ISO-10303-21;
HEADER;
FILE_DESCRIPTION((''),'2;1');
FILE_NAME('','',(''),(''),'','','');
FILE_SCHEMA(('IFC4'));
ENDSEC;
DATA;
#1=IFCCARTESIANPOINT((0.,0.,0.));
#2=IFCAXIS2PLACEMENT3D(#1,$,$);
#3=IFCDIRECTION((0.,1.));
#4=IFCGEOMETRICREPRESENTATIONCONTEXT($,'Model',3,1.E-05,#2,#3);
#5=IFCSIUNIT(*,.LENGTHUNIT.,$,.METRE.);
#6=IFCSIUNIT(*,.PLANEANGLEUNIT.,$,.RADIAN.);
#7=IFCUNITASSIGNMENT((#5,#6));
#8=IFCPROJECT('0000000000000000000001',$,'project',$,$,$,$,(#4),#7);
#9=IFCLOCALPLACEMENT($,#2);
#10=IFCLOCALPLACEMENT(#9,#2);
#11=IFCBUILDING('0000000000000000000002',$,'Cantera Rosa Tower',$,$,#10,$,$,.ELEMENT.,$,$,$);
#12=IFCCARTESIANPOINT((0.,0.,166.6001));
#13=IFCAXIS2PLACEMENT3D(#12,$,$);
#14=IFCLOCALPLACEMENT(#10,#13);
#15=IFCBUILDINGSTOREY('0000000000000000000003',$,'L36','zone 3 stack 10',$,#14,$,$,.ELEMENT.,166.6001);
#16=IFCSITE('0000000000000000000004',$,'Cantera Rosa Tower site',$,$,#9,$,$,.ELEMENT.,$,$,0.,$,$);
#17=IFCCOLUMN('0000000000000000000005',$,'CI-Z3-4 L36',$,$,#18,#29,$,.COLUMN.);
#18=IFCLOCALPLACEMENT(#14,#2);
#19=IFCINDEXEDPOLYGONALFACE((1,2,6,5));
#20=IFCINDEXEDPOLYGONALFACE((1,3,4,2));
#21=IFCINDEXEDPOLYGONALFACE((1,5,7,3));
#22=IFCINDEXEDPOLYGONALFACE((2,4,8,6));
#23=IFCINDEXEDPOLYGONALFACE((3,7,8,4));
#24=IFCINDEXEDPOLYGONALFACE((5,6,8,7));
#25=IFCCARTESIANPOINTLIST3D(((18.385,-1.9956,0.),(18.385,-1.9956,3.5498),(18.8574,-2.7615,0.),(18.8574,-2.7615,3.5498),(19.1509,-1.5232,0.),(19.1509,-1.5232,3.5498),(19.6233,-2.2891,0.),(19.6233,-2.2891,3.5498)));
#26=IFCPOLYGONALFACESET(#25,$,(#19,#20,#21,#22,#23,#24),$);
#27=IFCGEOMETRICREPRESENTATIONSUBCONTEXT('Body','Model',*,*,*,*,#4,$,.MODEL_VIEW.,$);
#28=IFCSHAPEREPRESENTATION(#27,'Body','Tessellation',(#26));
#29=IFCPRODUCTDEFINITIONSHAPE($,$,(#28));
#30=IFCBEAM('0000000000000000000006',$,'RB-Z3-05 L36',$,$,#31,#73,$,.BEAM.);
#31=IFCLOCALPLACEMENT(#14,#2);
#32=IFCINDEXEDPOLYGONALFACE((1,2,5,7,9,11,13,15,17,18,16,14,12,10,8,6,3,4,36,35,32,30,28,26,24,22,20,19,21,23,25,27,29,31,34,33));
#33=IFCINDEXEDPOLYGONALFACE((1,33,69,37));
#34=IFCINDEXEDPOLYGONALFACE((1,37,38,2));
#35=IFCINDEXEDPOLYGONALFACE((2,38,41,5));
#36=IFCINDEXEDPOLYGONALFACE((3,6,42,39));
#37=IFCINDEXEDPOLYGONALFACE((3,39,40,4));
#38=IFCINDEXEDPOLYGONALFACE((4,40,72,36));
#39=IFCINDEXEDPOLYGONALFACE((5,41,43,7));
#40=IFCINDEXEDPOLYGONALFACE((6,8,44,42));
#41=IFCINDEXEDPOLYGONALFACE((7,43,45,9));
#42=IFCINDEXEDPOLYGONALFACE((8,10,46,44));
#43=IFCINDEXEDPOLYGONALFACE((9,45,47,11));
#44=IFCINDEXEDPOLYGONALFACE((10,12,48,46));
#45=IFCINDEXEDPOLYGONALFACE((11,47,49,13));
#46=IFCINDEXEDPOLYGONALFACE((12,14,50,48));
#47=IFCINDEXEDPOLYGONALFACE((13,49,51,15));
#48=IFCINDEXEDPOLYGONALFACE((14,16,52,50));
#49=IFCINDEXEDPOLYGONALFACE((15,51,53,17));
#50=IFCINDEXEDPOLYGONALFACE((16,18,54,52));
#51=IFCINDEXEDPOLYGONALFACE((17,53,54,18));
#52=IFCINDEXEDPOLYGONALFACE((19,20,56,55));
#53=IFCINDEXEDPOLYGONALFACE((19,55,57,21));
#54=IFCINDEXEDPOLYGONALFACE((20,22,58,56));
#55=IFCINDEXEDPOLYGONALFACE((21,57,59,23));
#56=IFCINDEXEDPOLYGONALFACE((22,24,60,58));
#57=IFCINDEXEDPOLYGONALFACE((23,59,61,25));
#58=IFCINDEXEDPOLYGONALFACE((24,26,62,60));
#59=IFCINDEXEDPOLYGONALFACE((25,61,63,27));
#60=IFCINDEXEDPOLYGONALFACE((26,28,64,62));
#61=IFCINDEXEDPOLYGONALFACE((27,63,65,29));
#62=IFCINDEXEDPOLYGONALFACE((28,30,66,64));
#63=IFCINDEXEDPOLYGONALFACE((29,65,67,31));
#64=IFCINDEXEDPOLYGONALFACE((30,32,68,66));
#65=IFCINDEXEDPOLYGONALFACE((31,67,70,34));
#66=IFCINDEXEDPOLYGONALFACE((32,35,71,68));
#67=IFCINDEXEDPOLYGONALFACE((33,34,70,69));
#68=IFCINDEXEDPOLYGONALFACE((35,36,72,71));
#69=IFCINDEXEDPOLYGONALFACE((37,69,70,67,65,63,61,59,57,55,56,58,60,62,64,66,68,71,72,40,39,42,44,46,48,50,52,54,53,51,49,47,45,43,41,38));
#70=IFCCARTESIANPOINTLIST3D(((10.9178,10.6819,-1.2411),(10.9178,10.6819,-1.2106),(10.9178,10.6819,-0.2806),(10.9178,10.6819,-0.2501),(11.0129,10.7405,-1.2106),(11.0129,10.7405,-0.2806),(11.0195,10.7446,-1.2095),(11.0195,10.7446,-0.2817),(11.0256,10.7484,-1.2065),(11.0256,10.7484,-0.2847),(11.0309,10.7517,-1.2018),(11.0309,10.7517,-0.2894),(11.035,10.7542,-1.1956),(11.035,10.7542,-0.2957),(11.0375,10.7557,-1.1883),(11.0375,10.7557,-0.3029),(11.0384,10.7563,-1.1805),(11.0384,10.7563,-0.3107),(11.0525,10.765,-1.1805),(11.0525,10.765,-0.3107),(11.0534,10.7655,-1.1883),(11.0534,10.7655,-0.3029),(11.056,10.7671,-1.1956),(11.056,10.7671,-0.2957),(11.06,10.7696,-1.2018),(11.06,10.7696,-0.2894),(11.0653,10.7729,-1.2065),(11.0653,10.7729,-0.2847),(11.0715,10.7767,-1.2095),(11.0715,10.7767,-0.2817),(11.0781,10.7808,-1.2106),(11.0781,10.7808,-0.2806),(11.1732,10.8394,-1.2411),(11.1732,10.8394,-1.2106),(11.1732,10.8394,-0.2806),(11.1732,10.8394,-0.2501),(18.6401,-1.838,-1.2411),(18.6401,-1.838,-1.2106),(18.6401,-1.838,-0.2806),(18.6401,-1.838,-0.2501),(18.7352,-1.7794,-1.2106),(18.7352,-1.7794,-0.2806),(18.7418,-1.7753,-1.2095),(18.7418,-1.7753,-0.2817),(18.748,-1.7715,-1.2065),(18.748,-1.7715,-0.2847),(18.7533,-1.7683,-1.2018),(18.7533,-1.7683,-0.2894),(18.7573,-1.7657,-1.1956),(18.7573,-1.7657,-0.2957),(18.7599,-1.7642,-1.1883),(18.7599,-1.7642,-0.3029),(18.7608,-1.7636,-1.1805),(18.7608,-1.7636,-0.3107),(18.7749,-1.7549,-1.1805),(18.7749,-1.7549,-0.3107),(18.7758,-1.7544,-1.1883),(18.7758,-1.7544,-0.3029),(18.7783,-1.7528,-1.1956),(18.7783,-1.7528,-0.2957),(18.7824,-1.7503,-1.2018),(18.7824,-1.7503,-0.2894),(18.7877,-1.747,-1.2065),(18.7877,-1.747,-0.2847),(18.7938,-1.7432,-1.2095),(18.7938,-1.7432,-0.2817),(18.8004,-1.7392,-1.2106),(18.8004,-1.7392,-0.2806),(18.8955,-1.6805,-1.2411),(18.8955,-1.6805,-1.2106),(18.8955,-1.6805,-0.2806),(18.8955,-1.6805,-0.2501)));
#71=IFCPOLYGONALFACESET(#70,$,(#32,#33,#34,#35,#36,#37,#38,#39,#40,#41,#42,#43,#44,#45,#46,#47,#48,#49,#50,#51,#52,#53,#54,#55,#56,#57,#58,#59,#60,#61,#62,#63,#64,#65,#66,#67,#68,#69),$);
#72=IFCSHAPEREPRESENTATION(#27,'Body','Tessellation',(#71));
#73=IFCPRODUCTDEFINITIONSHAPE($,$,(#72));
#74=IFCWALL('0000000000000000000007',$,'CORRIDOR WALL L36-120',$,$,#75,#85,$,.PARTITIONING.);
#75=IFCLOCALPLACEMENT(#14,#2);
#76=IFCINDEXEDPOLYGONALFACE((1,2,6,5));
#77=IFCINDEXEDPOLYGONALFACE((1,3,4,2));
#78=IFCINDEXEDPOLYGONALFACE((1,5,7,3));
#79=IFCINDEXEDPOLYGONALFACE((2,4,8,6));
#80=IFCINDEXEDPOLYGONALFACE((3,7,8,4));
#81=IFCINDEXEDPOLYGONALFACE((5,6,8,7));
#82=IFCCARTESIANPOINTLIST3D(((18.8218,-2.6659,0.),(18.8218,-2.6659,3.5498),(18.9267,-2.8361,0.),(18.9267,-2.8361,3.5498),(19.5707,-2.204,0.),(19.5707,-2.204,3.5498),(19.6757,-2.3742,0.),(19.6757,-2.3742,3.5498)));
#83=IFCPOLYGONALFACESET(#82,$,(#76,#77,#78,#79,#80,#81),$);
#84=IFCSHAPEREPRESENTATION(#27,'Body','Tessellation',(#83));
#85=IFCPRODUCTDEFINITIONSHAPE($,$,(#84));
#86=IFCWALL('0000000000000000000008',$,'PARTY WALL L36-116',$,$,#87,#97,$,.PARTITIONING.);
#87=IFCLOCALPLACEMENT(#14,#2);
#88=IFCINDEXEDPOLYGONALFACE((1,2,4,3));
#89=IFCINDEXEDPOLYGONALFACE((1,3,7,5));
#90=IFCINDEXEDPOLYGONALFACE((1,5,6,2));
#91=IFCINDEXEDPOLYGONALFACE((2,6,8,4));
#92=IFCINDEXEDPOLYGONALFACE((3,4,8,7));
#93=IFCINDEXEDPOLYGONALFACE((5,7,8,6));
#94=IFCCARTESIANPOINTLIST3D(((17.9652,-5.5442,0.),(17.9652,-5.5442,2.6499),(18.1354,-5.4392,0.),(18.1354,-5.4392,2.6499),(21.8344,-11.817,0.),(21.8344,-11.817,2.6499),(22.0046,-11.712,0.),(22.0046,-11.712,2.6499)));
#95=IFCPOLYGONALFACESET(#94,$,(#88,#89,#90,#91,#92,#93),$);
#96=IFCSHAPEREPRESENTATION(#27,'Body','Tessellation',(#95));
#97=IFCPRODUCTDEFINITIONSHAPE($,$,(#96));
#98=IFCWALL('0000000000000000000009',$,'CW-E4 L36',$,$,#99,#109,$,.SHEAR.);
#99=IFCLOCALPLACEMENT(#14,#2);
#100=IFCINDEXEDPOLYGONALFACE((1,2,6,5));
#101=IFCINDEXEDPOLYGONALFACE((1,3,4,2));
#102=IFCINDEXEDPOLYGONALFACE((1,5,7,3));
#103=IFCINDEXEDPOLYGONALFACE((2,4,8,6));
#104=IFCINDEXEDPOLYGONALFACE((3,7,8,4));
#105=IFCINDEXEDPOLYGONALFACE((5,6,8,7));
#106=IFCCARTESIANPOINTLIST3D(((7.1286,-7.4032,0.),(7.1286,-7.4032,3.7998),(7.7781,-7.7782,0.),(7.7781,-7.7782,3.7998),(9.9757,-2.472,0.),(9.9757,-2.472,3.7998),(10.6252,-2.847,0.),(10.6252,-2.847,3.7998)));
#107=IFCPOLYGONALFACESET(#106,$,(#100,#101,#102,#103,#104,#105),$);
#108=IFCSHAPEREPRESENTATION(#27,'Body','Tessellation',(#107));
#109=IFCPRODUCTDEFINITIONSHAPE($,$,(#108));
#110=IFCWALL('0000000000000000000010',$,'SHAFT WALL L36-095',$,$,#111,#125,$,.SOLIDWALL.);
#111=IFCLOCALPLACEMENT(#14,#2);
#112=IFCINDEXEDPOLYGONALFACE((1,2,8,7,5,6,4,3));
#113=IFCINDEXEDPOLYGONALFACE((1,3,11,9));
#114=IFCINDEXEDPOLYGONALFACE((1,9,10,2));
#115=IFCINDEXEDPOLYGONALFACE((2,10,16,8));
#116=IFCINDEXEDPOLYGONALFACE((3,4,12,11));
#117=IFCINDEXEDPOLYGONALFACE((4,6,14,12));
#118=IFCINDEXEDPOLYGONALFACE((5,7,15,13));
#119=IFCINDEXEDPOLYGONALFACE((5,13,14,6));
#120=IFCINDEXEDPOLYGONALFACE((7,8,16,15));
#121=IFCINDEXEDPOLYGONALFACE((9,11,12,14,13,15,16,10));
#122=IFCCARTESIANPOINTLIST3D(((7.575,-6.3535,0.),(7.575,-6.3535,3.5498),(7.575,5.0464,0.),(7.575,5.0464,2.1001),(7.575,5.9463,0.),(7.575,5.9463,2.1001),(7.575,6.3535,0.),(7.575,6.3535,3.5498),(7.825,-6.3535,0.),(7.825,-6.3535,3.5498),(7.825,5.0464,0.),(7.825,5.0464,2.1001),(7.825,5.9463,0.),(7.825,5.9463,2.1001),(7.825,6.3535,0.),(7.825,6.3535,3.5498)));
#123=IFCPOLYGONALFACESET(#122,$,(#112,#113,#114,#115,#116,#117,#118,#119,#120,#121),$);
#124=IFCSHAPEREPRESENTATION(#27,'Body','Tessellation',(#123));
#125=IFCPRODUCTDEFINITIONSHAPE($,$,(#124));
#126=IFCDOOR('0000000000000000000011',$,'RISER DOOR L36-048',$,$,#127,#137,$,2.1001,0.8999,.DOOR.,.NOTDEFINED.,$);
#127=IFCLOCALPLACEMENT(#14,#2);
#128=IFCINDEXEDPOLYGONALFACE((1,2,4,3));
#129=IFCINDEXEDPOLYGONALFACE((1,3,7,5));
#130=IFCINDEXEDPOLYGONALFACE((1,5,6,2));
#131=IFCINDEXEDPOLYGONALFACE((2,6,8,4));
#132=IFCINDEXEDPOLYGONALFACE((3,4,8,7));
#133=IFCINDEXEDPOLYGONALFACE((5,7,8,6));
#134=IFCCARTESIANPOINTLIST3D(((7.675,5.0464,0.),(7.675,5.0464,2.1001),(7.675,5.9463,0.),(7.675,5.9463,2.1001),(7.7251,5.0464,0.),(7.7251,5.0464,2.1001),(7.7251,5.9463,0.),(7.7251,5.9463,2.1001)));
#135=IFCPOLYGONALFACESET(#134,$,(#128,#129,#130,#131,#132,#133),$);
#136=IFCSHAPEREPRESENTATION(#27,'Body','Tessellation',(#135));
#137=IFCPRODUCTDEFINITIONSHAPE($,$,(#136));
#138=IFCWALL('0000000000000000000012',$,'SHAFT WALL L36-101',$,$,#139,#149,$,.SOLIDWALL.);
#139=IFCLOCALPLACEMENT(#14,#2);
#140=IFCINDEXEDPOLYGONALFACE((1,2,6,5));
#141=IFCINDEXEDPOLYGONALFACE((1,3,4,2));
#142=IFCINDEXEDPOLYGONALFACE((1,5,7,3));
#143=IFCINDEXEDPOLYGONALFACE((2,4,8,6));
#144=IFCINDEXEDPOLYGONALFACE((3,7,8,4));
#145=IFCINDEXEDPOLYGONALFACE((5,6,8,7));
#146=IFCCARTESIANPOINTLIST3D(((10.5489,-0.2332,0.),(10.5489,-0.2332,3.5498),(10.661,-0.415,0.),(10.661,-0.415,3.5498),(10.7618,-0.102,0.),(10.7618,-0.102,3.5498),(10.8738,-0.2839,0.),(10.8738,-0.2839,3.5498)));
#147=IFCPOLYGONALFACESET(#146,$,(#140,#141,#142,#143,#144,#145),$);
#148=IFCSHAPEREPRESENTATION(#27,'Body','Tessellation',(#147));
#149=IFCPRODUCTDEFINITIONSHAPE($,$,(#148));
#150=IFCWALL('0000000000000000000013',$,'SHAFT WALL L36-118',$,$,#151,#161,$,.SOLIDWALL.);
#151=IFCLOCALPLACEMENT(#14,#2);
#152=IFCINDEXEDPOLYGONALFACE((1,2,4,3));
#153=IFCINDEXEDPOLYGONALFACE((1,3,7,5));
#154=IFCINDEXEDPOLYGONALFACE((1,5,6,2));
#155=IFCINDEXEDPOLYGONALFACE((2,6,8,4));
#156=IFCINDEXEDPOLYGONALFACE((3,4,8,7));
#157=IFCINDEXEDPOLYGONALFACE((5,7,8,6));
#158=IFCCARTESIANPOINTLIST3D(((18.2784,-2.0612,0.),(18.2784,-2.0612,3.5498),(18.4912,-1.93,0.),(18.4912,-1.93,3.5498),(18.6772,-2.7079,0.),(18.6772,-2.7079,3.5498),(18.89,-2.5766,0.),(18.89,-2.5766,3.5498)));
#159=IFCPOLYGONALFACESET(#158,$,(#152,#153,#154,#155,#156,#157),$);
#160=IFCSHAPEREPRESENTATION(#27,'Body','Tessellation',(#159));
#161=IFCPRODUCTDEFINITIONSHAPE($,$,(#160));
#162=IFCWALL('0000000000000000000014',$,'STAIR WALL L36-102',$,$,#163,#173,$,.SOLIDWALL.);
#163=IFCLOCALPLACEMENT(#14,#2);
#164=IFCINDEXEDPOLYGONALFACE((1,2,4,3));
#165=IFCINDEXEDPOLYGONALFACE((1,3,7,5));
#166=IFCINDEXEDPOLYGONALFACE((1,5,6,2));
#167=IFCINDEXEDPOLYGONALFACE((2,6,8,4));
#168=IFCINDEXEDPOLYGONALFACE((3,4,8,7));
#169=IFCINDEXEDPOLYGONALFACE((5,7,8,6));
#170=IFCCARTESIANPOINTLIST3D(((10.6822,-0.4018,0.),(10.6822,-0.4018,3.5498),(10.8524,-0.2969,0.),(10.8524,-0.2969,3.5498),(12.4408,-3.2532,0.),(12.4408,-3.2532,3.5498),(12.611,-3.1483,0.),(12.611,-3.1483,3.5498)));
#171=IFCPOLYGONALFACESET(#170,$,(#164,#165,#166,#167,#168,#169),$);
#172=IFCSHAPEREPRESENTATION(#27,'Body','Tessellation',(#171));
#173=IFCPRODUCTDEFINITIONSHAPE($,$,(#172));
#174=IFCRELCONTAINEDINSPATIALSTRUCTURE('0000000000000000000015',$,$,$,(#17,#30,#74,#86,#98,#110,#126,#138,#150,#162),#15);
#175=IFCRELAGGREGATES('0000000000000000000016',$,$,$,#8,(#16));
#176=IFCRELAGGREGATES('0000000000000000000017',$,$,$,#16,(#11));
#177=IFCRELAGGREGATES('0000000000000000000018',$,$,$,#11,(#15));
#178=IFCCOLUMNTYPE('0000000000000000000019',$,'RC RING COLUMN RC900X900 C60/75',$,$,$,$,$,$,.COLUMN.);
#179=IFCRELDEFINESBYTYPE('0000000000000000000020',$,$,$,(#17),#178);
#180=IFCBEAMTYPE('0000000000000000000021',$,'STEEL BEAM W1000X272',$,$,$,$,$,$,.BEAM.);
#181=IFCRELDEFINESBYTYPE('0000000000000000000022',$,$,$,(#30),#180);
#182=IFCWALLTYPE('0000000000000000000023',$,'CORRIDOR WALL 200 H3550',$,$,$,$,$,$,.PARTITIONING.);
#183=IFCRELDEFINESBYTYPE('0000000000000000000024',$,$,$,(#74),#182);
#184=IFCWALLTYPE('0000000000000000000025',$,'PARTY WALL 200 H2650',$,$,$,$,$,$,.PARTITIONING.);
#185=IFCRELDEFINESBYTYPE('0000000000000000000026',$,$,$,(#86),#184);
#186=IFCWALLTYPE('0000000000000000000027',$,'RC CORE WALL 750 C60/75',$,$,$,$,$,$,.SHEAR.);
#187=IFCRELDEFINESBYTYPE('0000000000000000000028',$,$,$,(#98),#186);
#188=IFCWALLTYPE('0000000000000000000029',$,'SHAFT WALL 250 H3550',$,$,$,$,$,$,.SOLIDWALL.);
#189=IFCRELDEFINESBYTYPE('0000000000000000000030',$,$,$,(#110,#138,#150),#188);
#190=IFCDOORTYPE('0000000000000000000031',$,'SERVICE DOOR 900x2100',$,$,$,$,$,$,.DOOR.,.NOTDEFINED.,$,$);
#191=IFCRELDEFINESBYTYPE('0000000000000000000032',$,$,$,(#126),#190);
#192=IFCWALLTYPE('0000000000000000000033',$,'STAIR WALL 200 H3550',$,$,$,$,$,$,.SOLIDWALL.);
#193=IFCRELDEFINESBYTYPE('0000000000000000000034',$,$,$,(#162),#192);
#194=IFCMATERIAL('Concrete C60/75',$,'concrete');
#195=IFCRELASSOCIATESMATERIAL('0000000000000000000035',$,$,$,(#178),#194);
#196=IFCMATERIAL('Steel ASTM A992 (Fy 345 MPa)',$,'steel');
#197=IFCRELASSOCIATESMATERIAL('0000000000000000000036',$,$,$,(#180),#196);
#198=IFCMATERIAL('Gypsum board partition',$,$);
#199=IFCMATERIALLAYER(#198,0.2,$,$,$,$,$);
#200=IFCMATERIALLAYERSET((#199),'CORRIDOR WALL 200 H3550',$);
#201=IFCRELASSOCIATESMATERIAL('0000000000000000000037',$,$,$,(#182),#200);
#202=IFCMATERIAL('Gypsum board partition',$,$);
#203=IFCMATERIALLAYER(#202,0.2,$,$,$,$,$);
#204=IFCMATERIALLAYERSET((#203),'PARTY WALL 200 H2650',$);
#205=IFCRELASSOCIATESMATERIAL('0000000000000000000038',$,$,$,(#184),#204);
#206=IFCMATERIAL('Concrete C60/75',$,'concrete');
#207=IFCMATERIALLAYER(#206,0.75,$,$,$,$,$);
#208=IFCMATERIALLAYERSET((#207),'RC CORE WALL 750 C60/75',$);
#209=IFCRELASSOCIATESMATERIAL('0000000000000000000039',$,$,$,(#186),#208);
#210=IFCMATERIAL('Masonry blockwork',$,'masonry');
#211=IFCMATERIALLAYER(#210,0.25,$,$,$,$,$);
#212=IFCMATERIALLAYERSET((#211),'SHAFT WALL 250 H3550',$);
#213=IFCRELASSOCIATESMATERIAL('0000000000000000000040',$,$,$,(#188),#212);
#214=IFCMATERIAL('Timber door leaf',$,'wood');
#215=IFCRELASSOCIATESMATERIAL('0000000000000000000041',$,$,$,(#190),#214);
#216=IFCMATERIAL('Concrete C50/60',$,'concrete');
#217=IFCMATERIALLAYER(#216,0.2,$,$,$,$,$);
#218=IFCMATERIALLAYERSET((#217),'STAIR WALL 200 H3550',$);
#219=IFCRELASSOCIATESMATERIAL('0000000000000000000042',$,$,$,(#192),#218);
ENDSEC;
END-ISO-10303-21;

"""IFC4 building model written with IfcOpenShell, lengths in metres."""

from ifc_helpers import new_model, si_unit, direction, frame, frame_2d, origin, origin_2d, place, context, subcontext, project, spatial, rectangle, i_section, extrude, material, layer, layer_set, material_profile, profile_set, type_object, element, fill, save


model = new_model("IFC4")

# Units and contexts
model_context = context("Model", 3, precision=1e-05, world=origin(), true_north=direction((0.0, 1.0)))
body_context = subcontext(model_context, "Body", "Model", "MODEL_VIEW")
ifc_project = project(units=[si_unit("LENGTHUNIT", "METRE"), si_unit("PLANEANGLEUNIT", "RADIAN")], contexts=[model_context])

# Site, building, storey
site_placement = place(None, origin())
site = spatial("IfcSite", under=ifc_project, at=site_placement, Name="Cantera Rosa Tower site", CompositionType="ELEMENT", RefElevation=0.0)
building_placement = place(site_placement, origin())
building = spatial("IfcBuilding", under=site, at=building_placement, Name="Cantera Rosa Tower", CompositionType="ELEMENT")
storey_placement = place(building_placement, frame((0.0, 0.0, 166.6001)))
storey = spatial("IfcBuildingStorey", under=building, at=storey_placement, Name="L36", Description="zone 3 stack 10", CompositionType="ELEMENT", Elevation=166.6001)

# Column
ifc_material_1 = material(Name="Concrete C60/75", Category="concrete")
ifc_material_profile_1 = material_profile(ifc_material_1, rectangle(XDim=0.8999, YDim=0.8999, at=origin_2d()), Name="RC RING COLUMN RC900X900 C60/75")
ifc_profile_set_1 = profile_set([ifc_material_profile_1], Name="Concrete C60/75")
column_type = type_object("IfcColumnType", Name="RC RING COLUMN RC900X900 C60/75", PredefinedType="COLUMN", material=ifc_profile_set_1)
column_placement = place(storey_placement, frame((19.0042, -2.1423, 0.0), z_axis=(0.0, 0.0, 1.0), x_axis=(0.851117, 0.524977, 0.0)))
element("IfcColumn", 1, at=column_placement, inside=storey, type_object=column_type, Name="CI-Z3-4 L36", PredefinedType="COLUMN", context=body_context, shape_type="SweptSolid", body=[
    extrude(rectangle(XDim=0.8999, YDim=0.8999, at=origin_2d()), origin(), (0.0, 0.0, 1.0), 3.5498),
])

# Beam
ifc_material_2 = material(Name="Steel ASTM A992 (Fy 345 MPa)", Category="steel")
ifc_material_profile_2 = material_profile(ifc_material_2, i_section(OverallWidth=0.3, OverallDepth=0.991, WebThickness=0.0166, FlangeThickness=0.0305, FilletRadius=0.03, at=origin_2d()), Name="W1000X272")
ifc_profile_set_2 = profile_set([ifc_material_profile_2], Name="Steel ASTM A992 (Fy 345 MPa)")
beam_type = type_object("IfcBeamType", Name="STEEL BEAM W1000X272", PredefinedType="BEAM", material=ifc_profile_set_2)
beam_placement = place(storey_placement, frame((18.7678, -1.7593, -0.7456), z_axis=(-0.524974, 0.851118, 0.0), x_axis=(-0.851118, -0.524974, 0.0)))
element("IfcBeam", 2, at=beam_placement, inside=storey, type_object=beam_type, Name="RB-Z3-05 L36", PredefinedType="BEAM", context=body_context, shape_type="SweptSolid", body=[
    extrude(i_section(OverallWidth=0.3, OverallDepth=0.991, WebThickness=0.0166, FlangeThickness=0.0305, FilletRadius=0.03, at=origin_2d()), origin(), (0.0, 0.0, 1.0), 14.71),
])

# Walls
ifc_material_3 = material(Name="Gypsum board partition")
ifc_layer_1 = layer(ifc_material_3, 0.2)
ifc_layer_set_1 = layer_set([ifc_layer_1], Name="CORRIDOR WALL 200 H3550")
wall_type_1 = type_object("IfcWallType", Name="CORRIDOR WALL 200 H3550", PredefinedType="PARTITIONING", material=ifc_layer_set_1)
wall_1_placement = place(storey_placement, frame((18.8743, -2.751, 0.0), z_axis=(0.0, 0.0, 1.0), x_axis=(0.851163, 0.524902, 0.0)))
element("IfcWall", 3, at=wall_1_placement, inside=storey, type_object=wall_type_1, Name="CORRIDOR WALL L36-120", PredefinedType="PARTITIONING", context=body_context, shape_type="SweptSolid", body=[
    extrude(rectangle(XDim=0.8799, YDim=0.2, at=frame_2d((0.4399, 0.0))), origin(), (0.0, 0.0, 1.0), 3.5498),
])
ifc_material_4 = material(Name="Gypsum board partition")
ifc_layer_2 = layer(ifc_material_4, 0.2)
ifc_layer_set_2 = layer_set([ifc_layer_2], Name="PARTY WALL 200 H2650")
wall_type_2 = type_object("IfcWallType", Name="PARTY WALL 200 H2650", PredefinedType="PARTITIONING", material=ifc_layer_set_2)
wall_2_placement = place(storey_placement, frame((18.0503, -5.4917, 0.0), z_axis=(0.0, 0.0, 1.0), x_axis=(0.524984, -0.851112, 0.0)))
element("IfcWall", 4, at=wall_2_placement, inside=storey, type_object=wall_type_2, Name="PARTY WALL L36-116", PredefinedType="PARTITIONING", context=body_context, shape_type="SweptSolid", body=[
    extrude(rectangle(XDim=7.3701, YDim=0.2, at=frame_2d((3.6851, 0.0))), origin(), (0.0, 0.0, 1.0), 2.6499),
])
ifc_material_5 = material(Name="Concrete C60/75", Category="concrete")
ifc_layer_3 = layer(ifc_material_5, 0.75)
ifc_layer_set_3 = layer_set([ifc_layer_3], Name="RC CORE WALL 750 C60/75")
wall_type_3 = type_object("IfcWallType", Name="RC CORE WALL 750 C60/75", PredefinedType="SHEAR", material=ifc_layer_set_3)
wall_3_placement = place(storey_placement, frame((10.3005, -2.6594, 0.0), z_axis=(0.0, 0.0, 1.0), x_axis=(-0.500022, -0.866013, 0.0)))
element("IfcWall", 5, at=wall_3_placement, inside=storey, type_object=wall_type_3, Name="CW-E4 L36", PredefinedType="SHEAR", context=body_context, shape_type="SweptSolid", body=[
    extrude(rectangle(XDim=5.6941, YDim=0.75, at=frame_2d((2.8472, 0.0))), origin(), (0.0, 0.0, 1.0), 3.7998),
])

# Wall, opening, door
ifc_material_6 = material(Name="Masonry blockwork", Category="masonry")
ifc_layer_4 = layer(ifc_material_6, 0.25)
ifc_layer_set_4 = layer_set([ifc_layer_4], Name="SHAFT WALL 250 H3550")
wall_type_4 = type_object("IfcWallType", Name="SHAFT WALL 250 H3550", PredefinedType="SOLIDWALL", material=ifc_layer_set_4)
wall_4_placement = place(storey_placement, frame((7.7, -6.3535, 0.0), z_axis=(0.0, 0.0, 1.0), x_axis=(0.0, 1.0, 0.0)))
wall_4 = element("IfcWall", 6, at=wall_4_placement, inside=storey, type_object=wall_type_4, Name="SHAFT WALL L36-095", PredefinedType="SOLIDWALL", context=body_context, shape_type="SweptSolid", body=[
    extrude(rectangle(XDim=12.707, YDim=0.25, at=frame_2d((6.3535, 0.0))), origin(), (0.0, 0.0, 1.0), 3.5498),
])
opening_placement = place(wall_4_placement, frame((11.3999, 0.0, 0.0)))
opening = element("IfcOpeningElement", 7, at=opening_placement, cuts=wall_4, PredefinedType="OPENING", context=body_context, shape_type="SweptSolid", body=[
    extrude(rectangle(XDim=0.8999, YDim=2.1001, at=frame_2d((0.45, 1.05))), frame((0.0, 0.135, 0.0), z_axis=(0.0, -1.0, 0.0), x_axis=(1.0, 0.0, 0.0)), (0.0, 0.0, 1.0), 0.27),
])
ifc_material_7 = material(Name="Timber door leaf", Category="wood")
door_type = type_object("IfcDoorType", Name="SERVICE DOOR 900x2100", OperationType="NOTDEFINED", PredefinedType="DOOR", material=ifc_material_7)
door_placement = place(opening_placement, origin())
door = element("IfcDoor", 8, at=door_placement, inside=storey, type_object=door_type, Name="RISER DOOR L36-048", OperationType="NOTDEFINED", OverallHeight=2.1001, OverallWidth=0.8999, PredefinedType="DOOR", context=body_context, shape_type="SweptSolid", body=[
    extrude(rectangle(XDim=0.8999, YDim=2.1001, at=frame_2d((0.45, 1.05))), frame((0.0, 0.0249, 0.0), z_axis=(0.0, -1.0, 0.0), x_axis=(1.0, 0.0, 0.0)), (0.0, 0.0, 1.0), 0.05),
])
fill(opening, door)

# Walls
wall_5_placement = place(storey_placement, frame((10.6553, -0.1675, 0.0), z_axis=(0.0, 0.0, 1.0), x_axis=(0.524544, -0.851384, 0.0)))
element("IfcWall", 9, at=wall_5_placement, inside=storey, type_object=wall_type_4, Name="SHAFT WALL L36-101", PredefinedType="SOLIDWALL", context=body_context, shape_type="SweptSolid", body=[
    extrude(rectangle(XDim=0.2136, YDim=0.25, at=frame_2d((0.1069, 0.0))), origin(), (0.0, 0.0, 1.0), 3.5498),
])
wall_6_placement = place(storey_placement, frame((18.3848, -1.9956, 0.0), z_axis=(0.0, 0.0, 1.0), x_axis=(0.524993, -0.851106, 0.0)))
element("IfcWall", 10, at=wall_6_placement, inside=storey, type_object=wall_type_4, Name="SHAFT WALL L36-118", PredefinedType="SOLIDWALL", context=body_context, shape_type="SweptSolid", body=[
    extrude(rectangle(XDim=0.7598, YDim=0.25, at=frame_2d((0.3799, 0.0))), origin(), (0.0, 0.0, 1.0), 3.5498),
])
ifc_material_8 = material(Name="Concrete C50/60", Category="concrete")
ifc_layer_5 = layer(ifc_material_8, 0.2)
ifc_layer_set_5 = layer_set([ifc_layer_5], Name="STAIR WALL 200 H3550")
wall_type_5 = type_object("IfcWallType", Name="STAIR WALL 200 H3550", PredefinedType="SOLIDWALL", material=ifc_layer_set_5)
wall_7_placement = place(storey_placement, frame((10.7673, -0.3494, 0.0), z_axis=(0.0, 0.0, 1.0), x_axis=(0.524939, -0.85114, 0.0)))
element("IfcWall", 11, at=wall_7_placement, inside=storey, type_object=wall_type_5, Name="STAIR WALL L36-102", PredefinedType="SOLIDWALL", context=body_context, shape_type="SweptSolid", body=[
    extrude(rectangle(XDim=3.3501, YDim=0.2, at=frame_2d((1.675, 0.0))), origin(), (0.0, 0.0, 1.0), 3.5498),
])

save(model, "model.ifc")
